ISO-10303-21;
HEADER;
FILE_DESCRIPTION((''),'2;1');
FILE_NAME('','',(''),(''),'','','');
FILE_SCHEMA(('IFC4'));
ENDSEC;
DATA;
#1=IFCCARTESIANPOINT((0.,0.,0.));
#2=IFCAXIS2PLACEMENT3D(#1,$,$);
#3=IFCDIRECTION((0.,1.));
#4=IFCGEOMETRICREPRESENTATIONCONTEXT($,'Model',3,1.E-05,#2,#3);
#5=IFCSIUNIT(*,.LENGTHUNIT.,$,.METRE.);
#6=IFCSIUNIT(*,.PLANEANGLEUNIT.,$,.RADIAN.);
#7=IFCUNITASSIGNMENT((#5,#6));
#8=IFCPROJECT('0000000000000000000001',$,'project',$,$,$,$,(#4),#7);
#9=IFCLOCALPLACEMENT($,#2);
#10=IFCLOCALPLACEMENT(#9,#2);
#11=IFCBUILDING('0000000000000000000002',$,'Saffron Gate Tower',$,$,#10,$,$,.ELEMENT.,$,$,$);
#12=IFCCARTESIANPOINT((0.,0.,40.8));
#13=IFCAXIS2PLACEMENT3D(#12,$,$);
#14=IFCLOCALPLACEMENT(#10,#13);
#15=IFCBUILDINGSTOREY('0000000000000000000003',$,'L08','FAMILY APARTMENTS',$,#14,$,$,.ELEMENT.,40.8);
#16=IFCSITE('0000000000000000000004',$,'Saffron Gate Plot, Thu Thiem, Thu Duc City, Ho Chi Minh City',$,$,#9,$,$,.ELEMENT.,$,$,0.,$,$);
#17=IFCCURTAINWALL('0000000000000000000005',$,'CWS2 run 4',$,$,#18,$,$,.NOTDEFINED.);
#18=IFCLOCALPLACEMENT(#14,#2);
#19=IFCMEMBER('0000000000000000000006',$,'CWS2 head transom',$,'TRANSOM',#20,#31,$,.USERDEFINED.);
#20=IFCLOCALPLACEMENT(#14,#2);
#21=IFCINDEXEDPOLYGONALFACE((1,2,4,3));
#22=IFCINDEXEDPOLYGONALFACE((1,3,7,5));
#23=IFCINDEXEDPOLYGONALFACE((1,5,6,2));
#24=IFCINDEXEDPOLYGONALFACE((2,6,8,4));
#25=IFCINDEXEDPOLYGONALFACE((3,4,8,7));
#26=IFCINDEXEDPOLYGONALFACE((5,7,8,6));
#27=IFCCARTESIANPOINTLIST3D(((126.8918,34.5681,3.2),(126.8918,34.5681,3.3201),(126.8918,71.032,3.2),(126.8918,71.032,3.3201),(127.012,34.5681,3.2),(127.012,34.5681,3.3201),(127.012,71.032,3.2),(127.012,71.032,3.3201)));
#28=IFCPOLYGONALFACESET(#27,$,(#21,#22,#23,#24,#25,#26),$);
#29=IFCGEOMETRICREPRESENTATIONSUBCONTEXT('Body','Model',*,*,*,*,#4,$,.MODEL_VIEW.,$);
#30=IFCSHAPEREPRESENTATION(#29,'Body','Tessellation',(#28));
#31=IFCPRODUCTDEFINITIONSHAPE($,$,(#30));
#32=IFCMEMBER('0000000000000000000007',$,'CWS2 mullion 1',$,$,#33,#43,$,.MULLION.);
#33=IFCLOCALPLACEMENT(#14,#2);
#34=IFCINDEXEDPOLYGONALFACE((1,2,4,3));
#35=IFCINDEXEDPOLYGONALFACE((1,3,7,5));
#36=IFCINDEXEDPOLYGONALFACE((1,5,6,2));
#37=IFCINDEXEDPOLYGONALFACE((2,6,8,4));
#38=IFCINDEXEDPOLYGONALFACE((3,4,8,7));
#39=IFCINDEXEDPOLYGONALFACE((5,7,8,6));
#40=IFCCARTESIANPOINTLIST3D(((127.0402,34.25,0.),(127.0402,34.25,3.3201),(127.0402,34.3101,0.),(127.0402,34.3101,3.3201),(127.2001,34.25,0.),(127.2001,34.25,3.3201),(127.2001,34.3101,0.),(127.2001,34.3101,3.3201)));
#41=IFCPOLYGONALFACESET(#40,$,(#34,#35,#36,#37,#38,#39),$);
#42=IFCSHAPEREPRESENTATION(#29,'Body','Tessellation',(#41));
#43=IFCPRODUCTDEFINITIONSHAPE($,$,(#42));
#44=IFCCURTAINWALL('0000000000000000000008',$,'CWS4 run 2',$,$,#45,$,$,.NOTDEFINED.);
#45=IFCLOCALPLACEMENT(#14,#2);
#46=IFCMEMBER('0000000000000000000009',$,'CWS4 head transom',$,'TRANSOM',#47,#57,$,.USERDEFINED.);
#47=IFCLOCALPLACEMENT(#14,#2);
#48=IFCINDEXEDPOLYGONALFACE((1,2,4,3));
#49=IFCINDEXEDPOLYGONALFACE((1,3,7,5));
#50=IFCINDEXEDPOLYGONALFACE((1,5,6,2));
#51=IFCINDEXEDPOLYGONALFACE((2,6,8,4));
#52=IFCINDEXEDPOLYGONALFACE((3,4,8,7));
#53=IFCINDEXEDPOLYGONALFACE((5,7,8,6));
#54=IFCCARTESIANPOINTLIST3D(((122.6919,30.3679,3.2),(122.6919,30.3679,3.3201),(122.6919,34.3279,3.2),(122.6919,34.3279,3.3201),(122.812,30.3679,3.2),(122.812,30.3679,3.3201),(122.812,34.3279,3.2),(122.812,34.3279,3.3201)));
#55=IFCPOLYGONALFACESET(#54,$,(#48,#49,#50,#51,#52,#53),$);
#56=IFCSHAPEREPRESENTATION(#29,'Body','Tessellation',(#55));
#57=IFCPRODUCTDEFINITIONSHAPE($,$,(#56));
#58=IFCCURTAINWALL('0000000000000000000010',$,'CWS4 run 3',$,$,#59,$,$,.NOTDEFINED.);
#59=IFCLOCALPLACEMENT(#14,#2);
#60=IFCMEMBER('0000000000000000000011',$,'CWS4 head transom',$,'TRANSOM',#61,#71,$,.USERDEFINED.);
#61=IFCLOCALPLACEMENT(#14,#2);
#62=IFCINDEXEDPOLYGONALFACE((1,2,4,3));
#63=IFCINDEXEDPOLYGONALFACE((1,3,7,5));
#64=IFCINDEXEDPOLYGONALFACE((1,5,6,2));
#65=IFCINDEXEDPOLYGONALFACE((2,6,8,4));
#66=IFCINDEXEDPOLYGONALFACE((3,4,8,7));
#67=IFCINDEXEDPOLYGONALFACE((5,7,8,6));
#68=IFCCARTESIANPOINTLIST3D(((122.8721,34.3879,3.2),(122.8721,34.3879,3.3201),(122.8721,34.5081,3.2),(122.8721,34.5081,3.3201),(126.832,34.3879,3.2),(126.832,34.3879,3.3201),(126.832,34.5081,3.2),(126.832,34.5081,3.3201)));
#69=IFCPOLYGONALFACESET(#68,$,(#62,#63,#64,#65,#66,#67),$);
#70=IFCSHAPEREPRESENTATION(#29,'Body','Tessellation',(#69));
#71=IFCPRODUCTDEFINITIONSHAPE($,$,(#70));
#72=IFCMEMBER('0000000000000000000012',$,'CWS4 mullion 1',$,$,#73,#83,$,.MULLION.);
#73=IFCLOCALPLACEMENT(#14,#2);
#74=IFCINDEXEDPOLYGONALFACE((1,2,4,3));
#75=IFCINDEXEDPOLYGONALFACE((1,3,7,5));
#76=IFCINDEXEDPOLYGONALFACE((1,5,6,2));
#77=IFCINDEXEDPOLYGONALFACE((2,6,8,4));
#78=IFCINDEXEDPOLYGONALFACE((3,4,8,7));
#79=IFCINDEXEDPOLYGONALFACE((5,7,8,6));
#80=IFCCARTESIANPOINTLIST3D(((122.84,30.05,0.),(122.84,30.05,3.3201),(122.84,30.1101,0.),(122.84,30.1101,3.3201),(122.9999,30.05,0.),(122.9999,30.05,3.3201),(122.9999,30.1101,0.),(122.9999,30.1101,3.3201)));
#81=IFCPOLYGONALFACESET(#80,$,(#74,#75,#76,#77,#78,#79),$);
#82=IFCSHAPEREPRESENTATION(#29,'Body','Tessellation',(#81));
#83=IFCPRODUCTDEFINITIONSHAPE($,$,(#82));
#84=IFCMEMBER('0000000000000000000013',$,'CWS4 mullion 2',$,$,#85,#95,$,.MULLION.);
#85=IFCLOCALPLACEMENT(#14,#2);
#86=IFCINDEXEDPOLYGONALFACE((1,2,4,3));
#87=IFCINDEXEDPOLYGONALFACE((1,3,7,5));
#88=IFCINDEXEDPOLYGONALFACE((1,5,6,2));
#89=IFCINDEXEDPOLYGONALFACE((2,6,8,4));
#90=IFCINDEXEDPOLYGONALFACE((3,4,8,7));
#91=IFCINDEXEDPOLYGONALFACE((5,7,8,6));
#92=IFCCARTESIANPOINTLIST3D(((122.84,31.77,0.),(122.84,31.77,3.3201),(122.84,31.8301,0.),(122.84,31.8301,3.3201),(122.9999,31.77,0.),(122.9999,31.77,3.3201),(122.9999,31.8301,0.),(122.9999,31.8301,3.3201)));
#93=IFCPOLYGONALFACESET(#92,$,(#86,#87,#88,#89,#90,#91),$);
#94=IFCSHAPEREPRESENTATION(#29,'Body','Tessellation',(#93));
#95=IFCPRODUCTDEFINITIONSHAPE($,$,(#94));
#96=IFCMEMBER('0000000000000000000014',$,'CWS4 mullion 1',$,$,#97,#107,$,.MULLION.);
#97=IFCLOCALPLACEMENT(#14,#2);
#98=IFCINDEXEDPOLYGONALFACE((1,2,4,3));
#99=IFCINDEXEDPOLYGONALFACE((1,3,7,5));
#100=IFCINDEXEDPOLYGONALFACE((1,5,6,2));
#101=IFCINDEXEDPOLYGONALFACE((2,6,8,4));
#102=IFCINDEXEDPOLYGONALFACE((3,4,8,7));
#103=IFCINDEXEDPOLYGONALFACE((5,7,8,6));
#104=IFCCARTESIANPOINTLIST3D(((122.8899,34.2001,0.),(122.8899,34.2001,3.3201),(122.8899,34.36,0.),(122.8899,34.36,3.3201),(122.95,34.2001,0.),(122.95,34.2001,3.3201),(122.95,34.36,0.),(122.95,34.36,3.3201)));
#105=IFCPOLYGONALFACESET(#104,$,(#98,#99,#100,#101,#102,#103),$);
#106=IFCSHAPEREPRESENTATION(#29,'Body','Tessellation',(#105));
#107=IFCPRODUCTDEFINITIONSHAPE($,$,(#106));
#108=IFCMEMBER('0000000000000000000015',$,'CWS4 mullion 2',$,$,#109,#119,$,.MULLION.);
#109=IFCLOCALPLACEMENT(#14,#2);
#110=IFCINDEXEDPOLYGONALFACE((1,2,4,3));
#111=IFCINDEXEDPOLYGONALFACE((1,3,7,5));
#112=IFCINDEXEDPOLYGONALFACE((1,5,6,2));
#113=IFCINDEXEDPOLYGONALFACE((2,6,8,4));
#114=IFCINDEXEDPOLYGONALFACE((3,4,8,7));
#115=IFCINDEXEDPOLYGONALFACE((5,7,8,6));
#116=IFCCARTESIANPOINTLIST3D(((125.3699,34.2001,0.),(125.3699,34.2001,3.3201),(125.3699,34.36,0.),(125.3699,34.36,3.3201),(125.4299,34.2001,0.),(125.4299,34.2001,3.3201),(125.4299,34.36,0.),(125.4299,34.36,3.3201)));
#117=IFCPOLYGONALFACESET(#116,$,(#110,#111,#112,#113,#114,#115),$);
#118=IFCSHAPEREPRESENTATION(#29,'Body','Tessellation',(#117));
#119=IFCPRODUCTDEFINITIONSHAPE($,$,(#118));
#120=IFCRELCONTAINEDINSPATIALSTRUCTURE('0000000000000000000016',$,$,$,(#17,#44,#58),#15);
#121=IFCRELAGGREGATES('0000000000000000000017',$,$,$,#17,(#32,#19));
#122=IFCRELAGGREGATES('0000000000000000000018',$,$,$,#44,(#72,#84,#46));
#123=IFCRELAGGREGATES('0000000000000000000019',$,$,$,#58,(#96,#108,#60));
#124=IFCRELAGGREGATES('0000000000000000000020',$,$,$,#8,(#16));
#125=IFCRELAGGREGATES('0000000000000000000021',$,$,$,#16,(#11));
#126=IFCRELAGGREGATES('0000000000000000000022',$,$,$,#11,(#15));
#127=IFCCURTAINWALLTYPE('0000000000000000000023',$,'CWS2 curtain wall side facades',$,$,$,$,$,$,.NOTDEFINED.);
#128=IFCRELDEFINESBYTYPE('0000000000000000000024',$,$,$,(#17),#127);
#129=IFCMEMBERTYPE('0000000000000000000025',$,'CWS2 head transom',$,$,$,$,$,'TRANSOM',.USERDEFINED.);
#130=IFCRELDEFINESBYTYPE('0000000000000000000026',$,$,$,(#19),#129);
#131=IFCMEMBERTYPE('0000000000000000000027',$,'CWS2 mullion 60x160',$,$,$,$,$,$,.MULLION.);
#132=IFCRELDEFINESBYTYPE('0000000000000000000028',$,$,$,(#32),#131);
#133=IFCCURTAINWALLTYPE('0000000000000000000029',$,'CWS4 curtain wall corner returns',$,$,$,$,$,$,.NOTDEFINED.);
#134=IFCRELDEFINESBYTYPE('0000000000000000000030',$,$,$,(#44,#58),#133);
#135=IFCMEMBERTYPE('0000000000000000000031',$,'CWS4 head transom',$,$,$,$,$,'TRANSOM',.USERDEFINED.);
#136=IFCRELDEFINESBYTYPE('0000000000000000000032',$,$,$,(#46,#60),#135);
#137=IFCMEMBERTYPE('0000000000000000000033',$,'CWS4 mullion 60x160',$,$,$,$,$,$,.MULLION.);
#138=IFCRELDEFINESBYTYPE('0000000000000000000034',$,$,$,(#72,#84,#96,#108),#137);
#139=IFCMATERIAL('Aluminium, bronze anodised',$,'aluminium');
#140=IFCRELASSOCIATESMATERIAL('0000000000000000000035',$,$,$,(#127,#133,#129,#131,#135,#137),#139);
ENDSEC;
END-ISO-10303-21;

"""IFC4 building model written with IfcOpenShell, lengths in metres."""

from ifc_helpers import new_model, si_unit, direction, frame, origin, origin_2d, place, context, subcontext, project, spatial, rectangle, extrude, material, material_profile, profile_set, type_object, element, aggregate, save


model = new_model("IFC4")

# Units and contexts
model_context = context("Model", 3, precision=1e-05, world=origin(), true_north=direction((0.0, 1.0)))
body_context = subcontext(model_context, "Body", "Model", "MODEL_VIEW")
ifc_project = project(units=[si_unit("LENGTHUNIT", "METRE"), si_unit("PLANEANGLEUNIT", "RADIAN")], contexts=[model_context])

# Site, building, storey
site_placement = place(None, origin())
site = spatial("IfcSite", under=ifc_project, at=site_placement, Name="Saffron Gate Plot, Thu Thiem, Thu Duc City, Ho Chi Minh City", CompositionType="ELEMENT", RefElevation=0.0)
building_placement = place(site_placement, origin())
building = spatial("IfcBuilding", under=site, at=building_placement, Name="Saffron Gate Tower", CompositionType="ELEMENT")
storey_placement = place(building_placement, frame((0.0, 0.0, 40.8)))
storey = spatial("IfcBuildingStorey", under=building, at=storey_placement, Name="L08", Description="FAMILY APARTMENTS", CompositionType="ELEMENT", Elevation=40.8)

# Curtain wall, members
ifc_material_1 = material(Name="Aluminium, bronze anodised", Category="aluminium")
curtain_wall_type_1 = type_object("IfcCurtainWallType", Name="CWS2 curtain wall side facades", PredefinedType="NOTDEFINED", material=ifc_material_1)
curtain_wall_1_placement = place(storey_placement, origin())
curtain_wall_1 = element("IfcCurtainWall", 1, at=curtain_wall_1_placement, inside=storey, type_object=curtain_wall_type_1, Name="CWS2 run 4", PredefinedType="NOTDEFINED")
ifc_material_profile_1 = material_profile(ifc_material_1, rectangle(XDim=0.1201, YDim=0.1201, at=origin_2d()))
ifc_profile_set_1 = profile_set([ifc_material_profile_1], Name="Aluminium, bronze anodised")
member_type_1 = type_object("IfcMemberType", Name="CWS2 head transom", ElementType="TRANSOM", PredefinedType="USERDEFINED", material=ifc_profile_set_1)
member_1_placement = place(storey_placement, frame((126.9519, 34.5681, 3.26), z_axis=(0.0, 1.0, 0.0), x_axis=(-1.0, 0.0, 0.0)))
member_1 = element("IfcMember", 2, at=member_1_placement, type_object=member_type_1, Name="CWS2 head transom", ObjectType="TRANSOM", PredefinedType="USERDEFINED", context=body_context, shape_type="SweptSolid", body=[
    extrude(rectangle(XDim=0.1201, YDim=0.1201, at=origin_2d()), origin(), (0.0, 0.0, 1.0), 36.4639),
])
ifc_material_profile_2 = material_profile(ifc_material_1, rectangle(XDim=0.1599, YDim=0.0601, at=origin_2d()))
ifc_profile_set_2 = profile_set([ifc_material_profile_2], Name="Aluminium, bronze anodised")
member_type_2 = type_object("IfcMemberType", Name="CWS2 mullion 60x160", PredefinedType="MULLION", material=ifc_profile_set_2)
member_2_placement = place(storey_placement, frame((127.1201, 34.28, 0.0), z_axis=(0.0, 0.0, 1.0), x_axis=(-1.0, 0.0, 0.0)))
member_2 = element("IfcMember", 3, at=member_2_placement, type_object=member_type_2, Name="CWS2 mullion 1", PredefinedType="MULLION", context=body_context, shape_type="SweptSolid", body=[
    extrude(rectangle(XDim=0.1599, YDim=0.0601, at=origin_2d()), origin(), (0.0, 0.0, 1.0), 3.3201),
])

# Curtain walls, members
curtain_wall_type_2 = type_object("IfcCurtainWallType", Name="CWS4 curtain wall corner returns", PredefinedType="NOTDEFINED", material=ifc_material_1)
curtain_wall_2_placement = place(storey_placement, origin())
curtain_wall_2 = element("IfcCurtainWall", 4, at=curtain_wall_2_placement, inside=storey, type_object=curtain_wall_type_2, Name="CWS4 run 2", PredefinedType="NOTDEFINED")
ifc_material_profile_3 = material_profile(ifc_material_1, rectangle(XDim=0.1201, YDim=0.1201, at=origin_2d()))
ifc_profile_set_3 = profile_set([ifc_material_profile_3], Name="Aluminium, bronze anodised")
member_type_3 = type_object("IfcMemberType", Name="CWS4 head transom", ElementType="TRANSOM", PredefinedType="USERDEFINED", material=ifc_profile_set_3)
member_3_placement = place(storey_placement, frame((122.752, 30.3679, 3.26), z_axis=(0.0, 1.0, 0.0), x_axis=(-1.0, 0.0, 0.0)))
member_3 = element("IfcMember", 5, at=member_3_placement, type_object=member_type_3, Name="CWS4 head transom", ObjectType="TRANSOM", PredefinedType="USERDEFINED", context=body_context, shape_type="SweptSolid", body=[
    extrude(rectangle(XDim=0.1201, YDim=0.1201, at=origin_2d()), origin(), (0.0, 0.0, 1.0), 3.96),
])
curtain_wall_3_placement = place(storey_placement, origin())
curtain_wall_3 = element("IfcCurtainWall", 6, at=curtain_wall_3_placement, inside=storey, type_object=curtain_wall_type_2, Name="CWS4 run 3", PredefinedType="NOTDEFINED")
member_4_placement = place(storey_placement, frame((122.8721, 34.448, 3.26), z_axis=(1.0, 0.0, 0.0), x_axis=(0.0, 1.0, 0.0)))
member_4 = element("IfcMember", 7, at=member_4_placement, type_object=member_type_3, Name="CWS4 head transom", ObjectType="TRANSOM", PredefinedType="USERDEFINED", context=body_context, shape_type="SweptSolid", body=[
    extrude(rectangle(XDim=0.1201, YDim=0.1201, at=origin_2d()), origin(), (0.0, 0.0, 1.0), 3.96),
])

# Members
ifc_material_profile_4 = material_profile(ifc_material_1, rectangle(XDim=0.1599, YDim=0.0601, at=origin_2d()))
ifc_profile_set_4 = profile_set([ifc_material_profile_4], Name="Aluminium, bronze anodised")
member_type_4 = type_object("IfcMemberType", Name="CWS4 mullion 60x160", PredefinedType="MULLION", material=ifc_profile_set_4)
member_5_placement = place(storey_placement, frame((122.9199, 30.0801, 0.0), z_axis=(0.0, 0.0, 1.0), x_axis=(-1.0, 0.0, 0.0)))
member_5 = element("IfcMember", 8, at=member_5_placement, type_object=member_type_4, Name="CWS4 mullion 1", PredefinedType="MULLION", context=body_context, shape_type="SweptSolid", body=[
    extrude(rectangle(XDim=0.1599, YDim=0.0601, at=origin_2d()), origin(), (0.0, 0.0, 1.0), 3.3201),
])
member_6_placement = place(storey_placement, frame((122.9199, 31.8, 0.0), z_axis=(0.0, 0.0, 1.0), x_axis=(-1.0, 0.0, 0.0)))
member_6 = element("IfcMember", 9, at=member_6_placement, type_object=member_type_4, Name="CWS4 mullion 2", PredefinedType="MULLION", context=body_context, shape_type="SweptSolid", body=[
    extrude(rectangle(XDim=0.1599, YDim=0.0601, at=origin_2d()), origin(), (0.0, 0.0, 1.0), 3.3201),
])
member_7_placement = place(storey_placement, frame((122.9199, 34.28, 0.0), z_axis=(0.0, 0.0, 1.0), x_axis=(0.0, 1.0, 0.0)))
member_7 = element("IfcMember", 10, at=member_7_placement, type_object=member_type_4, Name="CWS4 mullion 1", PredefinedType="MULLION", context=body_context, shape_type="SweptSolid", body=[
    extrude(rectangle(XDim=0.1599, YDim=0.0601, at=origin_2d()), origin(), (0.0, 0.0, 1.0), 3.3201),
])
member_8_placement = place(storey_placement, frame((125.3999, 34.28, 0.0), z_axis=(0.0, 0.0, 1.0), x_axis=(0.0, 1.0, 0.0)))
member_8 = element("IfcMember", 11, at=member_8_placement, type_object=member_type_4, Name="CWS4 mullion 2", PredefinedType="MULLION", context=body_context, shape_type="SweptSolid", body=[
    extrude(rectangle(XDim=0.1599, YDim=0.0601, at=origin_2d()), origin(), (0.0, 0.0, 1.0), 3.3201),
])

aggregate(curtain_wall_1, [member_2, member_1])

aggregate(curtain_wall_2, [member_5, member_6, member_3])
aggregate(curtain_wall_3, [member_7, member_8, member_4])

save(model, "model.ifc")
